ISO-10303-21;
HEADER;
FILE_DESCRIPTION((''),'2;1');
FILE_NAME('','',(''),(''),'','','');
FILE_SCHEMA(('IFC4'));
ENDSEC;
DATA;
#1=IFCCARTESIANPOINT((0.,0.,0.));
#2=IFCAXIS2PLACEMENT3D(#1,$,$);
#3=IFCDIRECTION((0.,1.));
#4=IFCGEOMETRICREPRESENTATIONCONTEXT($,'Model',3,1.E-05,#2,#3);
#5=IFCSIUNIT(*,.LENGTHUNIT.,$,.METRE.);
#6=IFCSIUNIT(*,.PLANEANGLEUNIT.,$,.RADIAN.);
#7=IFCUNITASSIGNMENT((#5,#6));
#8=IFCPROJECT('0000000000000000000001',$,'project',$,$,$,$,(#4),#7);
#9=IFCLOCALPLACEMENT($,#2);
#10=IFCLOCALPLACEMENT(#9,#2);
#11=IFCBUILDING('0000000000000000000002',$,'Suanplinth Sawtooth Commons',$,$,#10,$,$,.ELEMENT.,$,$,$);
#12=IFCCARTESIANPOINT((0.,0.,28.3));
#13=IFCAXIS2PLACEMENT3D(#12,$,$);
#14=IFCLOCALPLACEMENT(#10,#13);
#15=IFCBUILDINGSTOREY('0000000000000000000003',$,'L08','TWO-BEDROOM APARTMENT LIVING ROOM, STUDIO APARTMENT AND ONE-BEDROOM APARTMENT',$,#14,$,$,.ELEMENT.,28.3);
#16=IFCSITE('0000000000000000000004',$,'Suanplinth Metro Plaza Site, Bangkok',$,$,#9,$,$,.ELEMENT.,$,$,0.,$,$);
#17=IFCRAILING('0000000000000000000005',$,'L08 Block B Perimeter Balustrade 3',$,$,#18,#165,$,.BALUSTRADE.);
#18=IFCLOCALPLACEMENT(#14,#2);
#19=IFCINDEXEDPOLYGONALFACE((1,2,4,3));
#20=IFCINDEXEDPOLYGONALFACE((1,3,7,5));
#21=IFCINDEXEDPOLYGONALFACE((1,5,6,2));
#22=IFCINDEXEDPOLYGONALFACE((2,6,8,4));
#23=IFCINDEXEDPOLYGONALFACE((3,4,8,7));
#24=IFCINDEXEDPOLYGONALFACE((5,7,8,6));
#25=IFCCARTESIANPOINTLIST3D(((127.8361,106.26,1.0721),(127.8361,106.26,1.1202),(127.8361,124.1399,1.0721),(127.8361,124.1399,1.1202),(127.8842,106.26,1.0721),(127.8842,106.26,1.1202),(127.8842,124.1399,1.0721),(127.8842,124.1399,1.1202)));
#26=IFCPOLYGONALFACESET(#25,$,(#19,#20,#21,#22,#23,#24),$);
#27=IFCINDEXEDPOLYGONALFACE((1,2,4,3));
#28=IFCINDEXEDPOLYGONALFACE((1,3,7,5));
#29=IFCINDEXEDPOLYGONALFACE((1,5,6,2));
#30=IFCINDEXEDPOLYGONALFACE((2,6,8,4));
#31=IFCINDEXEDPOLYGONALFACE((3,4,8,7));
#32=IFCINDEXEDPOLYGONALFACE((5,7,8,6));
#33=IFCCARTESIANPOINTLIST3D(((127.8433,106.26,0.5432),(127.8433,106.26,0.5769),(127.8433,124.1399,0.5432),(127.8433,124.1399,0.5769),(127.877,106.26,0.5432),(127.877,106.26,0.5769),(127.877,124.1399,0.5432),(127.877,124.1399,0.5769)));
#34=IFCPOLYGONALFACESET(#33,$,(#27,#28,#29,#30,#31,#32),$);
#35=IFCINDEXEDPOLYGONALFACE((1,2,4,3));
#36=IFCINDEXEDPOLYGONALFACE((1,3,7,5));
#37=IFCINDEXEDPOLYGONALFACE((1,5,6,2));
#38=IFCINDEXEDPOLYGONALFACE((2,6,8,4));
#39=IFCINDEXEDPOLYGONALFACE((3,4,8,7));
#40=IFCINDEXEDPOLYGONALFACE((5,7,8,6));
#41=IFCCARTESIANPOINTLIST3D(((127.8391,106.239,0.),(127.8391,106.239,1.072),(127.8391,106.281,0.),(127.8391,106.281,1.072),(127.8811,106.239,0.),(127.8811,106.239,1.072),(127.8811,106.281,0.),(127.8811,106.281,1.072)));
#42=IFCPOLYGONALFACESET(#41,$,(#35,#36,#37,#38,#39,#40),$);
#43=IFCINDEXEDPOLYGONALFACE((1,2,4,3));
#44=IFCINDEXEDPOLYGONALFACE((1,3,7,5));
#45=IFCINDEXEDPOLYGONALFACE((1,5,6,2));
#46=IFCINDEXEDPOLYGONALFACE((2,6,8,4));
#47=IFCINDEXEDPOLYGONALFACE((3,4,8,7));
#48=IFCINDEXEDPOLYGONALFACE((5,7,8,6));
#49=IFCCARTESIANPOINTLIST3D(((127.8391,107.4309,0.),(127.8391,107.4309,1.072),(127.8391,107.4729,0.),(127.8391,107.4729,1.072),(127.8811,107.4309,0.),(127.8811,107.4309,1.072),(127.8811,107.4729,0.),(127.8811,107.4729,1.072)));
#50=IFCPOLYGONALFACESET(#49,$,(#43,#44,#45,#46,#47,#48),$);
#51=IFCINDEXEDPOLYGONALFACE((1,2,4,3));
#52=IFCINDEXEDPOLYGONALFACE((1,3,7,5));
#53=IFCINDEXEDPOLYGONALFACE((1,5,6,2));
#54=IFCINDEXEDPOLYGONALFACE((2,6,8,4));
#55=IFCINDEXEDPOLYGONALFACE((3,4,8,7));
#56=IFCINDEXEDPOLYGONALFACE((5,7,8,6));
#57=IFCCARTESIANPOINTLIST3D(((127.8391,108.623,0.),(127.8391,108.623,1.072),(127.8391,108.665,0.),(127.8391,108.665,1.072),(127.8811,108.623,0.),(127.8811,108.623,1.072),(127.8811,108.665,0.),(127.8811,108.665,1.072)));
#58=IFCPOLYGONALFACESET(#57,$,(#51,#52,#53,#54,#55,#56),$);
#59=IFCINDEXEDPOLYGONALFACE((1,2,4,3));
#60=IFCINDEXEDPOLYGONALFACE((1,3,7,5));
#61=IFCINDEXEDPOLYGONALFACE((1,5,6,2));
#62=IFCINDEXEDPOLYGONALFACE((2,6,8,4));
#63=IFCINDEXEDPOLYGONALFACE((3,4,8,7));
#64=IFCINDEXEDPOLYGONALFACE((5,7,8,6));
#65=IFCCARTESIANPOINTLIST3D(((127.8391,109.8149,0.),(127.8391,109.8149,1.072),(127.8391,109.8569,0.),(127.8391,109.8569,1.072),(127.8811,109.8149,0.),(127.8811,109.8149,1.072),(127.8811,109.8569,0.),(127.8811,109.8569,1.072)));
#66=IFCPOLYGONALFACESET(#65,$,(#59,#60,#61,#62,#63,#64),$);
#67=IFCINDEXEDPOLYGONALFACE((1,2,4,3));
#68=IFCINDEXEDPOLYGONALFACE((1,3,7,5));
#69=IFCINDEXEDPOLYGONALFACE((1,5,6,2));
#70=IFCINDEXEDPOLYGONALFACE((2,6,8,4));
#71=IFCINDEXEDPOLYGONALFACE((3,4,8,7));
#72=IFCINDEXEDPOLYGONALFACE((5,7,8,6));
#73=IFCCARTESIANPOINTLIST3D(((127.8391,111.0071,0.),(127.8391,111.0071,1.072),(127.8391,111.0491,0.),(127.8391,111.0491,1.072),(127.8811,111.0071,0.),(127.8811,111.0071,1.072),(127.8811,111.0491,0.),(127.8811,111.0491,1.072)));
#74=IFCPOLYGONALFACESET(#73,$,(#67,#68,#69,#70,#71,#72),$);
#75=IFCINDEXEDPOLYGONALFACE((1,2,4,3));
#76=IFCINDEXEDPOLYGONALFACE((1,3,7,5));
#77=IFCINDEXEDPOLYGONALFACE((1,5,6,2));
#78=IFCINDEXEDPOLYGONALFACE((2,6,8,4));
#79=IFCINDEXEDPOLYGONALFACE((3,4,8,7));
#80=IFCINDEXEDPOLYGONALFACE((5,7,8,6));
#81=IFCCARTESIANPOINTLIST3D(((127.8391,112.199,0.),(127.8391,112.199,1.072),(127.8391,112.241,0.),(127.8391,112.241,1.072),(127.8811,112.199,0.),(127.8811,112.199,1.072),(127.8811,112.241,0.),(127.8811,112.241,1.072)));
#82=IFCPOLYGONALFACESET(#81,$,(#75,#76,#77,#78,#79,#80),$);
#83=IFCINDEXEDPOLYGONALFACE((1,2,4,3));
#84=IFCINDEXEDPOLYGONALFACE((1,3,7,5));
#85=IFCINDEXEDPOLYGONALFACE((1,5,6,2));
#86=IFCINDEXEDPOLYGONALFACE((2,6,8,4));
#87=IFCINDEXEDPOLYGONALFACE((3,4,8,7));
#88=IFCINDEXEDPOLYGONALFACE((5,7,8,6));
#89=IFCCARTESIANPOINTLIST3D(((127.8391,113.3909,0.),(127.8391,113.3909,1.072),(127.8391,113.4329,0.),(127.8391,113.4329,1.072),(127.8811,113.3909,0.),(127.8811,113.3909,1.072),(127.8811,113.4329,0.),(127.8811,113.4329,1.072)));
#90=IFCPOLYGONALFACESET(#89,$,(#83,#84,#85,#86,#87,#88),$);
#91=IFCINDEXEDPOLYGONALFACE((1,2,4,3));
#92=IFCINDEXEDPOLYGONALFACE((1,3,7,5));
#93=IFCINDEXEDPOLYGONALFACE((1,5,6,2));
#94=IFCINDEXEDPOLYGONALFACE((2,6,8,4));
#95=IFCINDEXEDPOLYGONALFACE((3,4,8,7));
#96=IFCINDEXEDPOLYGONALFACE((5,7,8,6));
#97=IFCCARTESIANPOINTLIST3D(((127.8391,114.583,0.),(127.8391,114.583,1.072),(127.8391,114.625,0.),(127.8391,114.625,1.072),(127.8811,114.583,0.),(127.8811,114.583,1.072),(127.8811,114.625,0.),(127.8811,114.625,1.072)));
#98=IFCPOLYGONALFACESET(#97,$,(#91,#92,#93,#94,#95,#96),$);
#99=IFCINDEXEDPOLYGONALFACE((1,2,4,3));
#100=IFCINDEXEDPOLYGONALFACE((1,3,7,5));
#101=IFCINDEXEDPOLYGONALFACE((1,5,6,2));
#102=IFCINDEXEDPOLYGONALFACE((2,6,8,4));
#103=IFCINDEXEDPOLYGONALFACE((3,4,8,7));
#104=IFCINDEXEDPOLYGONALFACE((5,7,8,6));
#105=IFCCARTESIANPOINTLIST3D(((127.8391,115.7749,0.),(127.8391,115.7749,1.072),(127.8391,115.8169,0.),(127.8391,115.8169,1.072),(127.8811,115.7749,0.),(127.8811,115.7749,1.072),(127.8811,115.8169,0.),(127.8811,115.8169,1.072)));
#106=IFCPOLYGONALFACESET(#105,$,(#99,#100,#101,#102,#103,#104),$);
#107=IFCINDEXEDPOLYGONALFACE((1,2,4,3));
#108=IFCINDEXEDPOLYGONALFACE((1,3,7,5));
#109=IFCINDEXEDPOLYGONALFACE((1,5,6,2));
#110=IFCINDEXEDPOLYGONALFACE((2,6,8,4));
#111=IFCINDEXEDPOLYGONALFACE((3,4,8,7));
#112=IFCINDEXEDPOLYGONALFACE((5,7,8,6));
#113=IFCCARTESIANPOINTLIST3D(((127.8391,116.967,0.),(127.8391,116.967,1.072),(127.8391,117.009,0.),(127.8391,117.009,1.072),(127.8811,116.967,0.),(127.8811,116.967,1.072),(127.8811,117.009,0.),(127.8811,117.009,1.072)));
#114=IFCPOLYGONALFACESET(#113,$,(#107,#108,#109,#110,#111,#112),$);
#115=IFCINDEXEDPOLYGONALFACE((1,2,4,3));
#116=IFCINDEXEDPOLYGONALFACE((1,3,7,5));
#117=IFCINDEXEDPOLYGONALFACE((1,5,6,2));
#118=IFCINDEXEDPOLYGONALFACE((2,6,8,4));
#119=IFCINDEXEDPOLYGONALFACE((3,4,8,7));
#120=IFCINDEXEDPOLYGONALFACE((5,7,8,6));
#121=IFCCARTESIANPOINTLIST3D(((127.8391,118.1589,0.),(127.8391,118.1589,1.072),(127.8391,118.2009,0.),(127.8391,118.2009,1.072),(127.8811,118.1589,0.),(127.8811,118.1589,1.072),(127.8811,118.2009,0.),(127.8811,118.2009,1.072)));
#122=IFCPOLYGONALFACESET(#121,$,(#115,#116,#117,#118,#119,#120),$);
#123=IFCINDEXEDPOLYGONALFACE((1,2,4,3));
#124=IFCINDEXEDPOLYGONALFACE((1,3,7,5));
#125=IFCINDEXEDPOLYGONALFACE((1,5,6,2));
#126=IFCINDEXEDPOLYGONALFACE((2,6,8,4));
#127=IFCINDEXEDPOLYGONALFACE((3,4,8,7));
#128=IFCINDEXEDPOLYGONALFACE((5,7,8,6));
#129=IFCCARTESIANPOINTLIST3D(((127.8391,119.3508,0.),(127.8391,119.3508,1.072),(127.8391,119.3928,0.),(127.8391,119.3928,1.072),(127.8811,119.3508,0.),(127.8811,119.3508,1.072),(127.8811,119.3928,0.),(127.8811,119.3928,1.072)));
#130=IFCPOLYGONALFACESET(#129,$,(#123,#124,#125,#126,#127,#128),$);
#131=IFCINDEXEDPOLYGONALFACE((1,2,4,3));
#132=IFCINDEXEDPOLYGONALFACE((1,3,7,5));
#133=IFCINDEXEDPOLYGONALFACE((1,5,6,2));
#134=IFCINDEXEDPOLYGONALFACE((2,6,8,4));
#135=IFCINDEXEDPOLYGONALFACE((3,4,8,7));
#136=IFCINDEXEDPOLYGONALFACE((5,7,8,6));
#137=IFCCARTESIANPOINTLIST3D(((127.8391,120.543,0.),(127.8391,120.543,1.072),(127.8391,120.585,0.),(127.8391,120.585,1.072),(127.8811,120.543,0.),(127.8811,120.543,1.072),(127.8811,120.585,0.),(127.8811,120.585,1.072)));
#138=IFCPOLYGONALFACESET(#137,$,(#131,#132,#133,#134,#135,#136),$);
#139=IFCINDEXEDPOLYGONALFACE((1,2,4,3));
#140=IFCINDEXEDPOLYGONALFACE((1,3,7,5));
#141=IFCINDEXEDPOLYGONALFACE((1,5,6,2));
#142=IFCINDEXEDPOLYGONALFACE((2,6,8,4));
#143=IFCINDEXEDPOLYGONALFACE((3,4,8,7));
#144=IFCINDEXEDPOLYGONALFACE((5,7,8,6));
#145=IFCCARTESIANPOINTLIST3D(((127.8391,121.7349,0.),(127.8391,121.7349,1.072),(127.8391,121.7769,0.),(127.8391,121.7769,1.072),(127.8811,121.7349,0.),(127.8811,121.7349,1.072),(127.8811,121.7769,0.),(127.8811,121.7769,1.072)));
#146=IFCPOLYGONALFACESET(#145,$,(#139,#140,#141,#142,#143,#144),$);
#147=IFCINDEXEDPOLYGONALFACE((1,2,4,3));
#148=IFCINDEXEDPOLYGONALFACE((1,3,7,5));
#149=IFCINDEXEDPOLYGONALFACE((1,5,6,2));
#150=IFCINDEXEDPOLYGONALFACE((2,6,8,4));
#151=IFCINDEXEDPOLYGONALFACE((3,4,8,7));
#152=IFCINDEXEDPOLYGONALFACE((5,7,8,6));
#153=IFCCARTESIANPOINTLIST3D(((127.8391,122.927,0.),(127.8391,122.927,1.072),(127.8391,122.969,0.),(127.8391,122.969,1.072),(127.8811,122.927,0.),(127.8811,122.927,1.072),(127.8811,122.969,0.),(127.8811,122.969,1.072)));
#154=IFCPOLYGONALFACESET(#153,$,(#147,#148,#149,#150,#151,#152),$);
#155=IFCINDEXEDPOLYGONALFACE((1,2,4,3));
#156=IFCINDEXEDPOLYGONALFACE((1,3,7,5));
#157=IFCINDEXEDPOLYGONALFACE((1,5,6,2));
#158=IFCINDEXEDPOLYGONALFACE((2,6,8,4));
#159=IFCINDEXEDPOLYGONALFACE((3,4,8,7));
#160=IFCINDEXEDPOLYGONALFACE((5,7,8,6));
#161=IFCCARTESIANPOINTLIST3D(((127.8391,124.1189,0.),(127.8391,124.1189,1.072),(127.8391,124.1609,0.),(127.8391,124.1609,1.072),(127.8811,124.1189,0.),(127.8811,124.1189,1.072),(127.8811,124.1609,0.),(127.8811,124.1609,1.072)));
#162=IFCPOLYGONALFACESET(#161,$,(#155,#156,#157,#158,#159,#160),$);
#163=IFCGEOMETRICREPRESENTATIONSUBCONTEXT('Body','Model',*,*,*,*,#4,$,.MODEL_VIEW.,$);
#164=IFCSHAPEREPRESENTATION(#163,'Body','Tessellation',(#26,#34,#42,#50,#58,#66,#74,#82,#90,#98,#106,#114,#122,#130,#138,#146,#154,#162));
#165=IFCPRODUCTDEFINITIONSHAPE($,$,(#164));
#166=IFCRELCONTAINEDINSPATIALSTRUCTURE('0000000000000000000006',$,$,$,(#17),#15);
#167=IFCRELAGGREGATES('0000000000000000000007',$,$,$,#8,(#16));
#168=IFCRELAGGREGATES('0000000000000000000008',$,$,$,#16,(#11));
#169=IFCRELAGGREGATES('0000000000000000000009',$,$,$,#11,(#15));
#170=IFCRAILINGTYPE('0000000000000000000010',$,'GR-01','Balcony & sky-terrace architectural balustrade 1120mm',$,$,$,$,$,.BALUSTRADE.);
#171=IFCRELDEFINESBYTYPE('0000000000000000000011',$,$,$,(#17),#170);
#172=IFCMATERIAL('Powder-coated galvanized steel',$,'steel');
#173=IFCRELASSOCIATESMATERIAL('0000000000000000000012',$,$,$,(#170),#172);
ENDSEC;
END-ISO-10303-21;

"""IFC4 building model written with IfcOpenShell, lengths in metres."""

from ifc_helpers import new_model, si_unit, direction, frame, origin, origin_2d, place, context, subcontext, project, spatial, rectangle, extrude, material, type_object, element, save


model = new_model("IFC4")

# Units and contexts
model_context = context("Model", 3, precision=1e-05, world=origin(), true_north=direction((0.0, 1.0)))
body_context = subcontext(model_context, "Body", "Model", "MODEL_VIEW")
ifc_project = project(units=[si_unit("LENGTHUNIT", "METRE"), si_unit("PLANEANGLEUNIT", "RADIAN")], contexts=[model_context])

# Site, building, storey
site_placement = place(None, origin())
site = spatial("IfcSite", under=ifc_project, at=site_placement, Name="Suanplinth Metro Plaza Site, Bangkok", CompositionType="ELEMENT", RefElevation=0.0)
building_placement = place(site_placement, origin())
building = spatial("IfcBuilding", under=site, at=building_placement, Name="Suanplinth Sawtooth Commons", CompositionType="ELEMENT")
storey_placement = place(building_placement, frame((0.0, 0.0, 28.3)))
storey = spatial("IfcBuildingStorey", under=building, at=storey_placement, Name="L08", Description="TWO-BEDROOM APARTMENT LIVING ROOM, STUDIO APARTMENT AND ONE-BEDROOM APARTMENT", CompositionType="ELEMENT", Elevation=28.3)

# Railing
ifc_material_1 = material(Name="Powder-coated galvanized steel", Category="steel")
railing_type = type_object("IfcRailingType", Name="GR-01", Description="Balcony & sky-terrace architectural balustrade 1120mm", PredefinedType="BALUSTRADE", material=ifc_material_1)
railing_1_placement = place(storey_placement, frame((127.8601, 106.26, 0.0)))
element("IfcRailing", 1, at=railing_1_placement, inside=storey, type_object=railing_type, Name="L08 Block B Perimeter Balustrade 3", PredefinedType="BALUSTRADE", context=body_context, shape_type="SweptSolid", body=[
    extrude(rectangle(XDim=0.0481, YDim=0.0481, at=origin_2d()), frame((0.0, 0.0, 1.0962), z_axis=(0.0, 1.0, 0.0), x_axis=(-1.0, 0.0, 0.0)), (0.0, 0.0, 1.0), 17.8799),
    extrude(rectangle(XDim=0.0337, YDim=0.0337, at=origin_2d()), frame((0.0, 0.0, 0.5601), z_axis=(0.0, 1.0, 0.0), x_axis=(-1.0, 0.0, 0.0)), (0.0, 0.0, 1.0), 17.8799),
    extrude(rectangle(XDim=0.042, YDim=0.042, at=origin_2d()), origin(), (0.0, 0.0, 1.0), 1.072),
    extrude(rectangle(XDim=0.042, YDim=0.042, at=origin_2d()), frame((0.0, 1.1919, 0.0)), (0.0, 0.0, 1.0), 1.072),
    extrude(rectangle(XDim=0.042, YDim=0.042, at=origin_2d()), frame((0.0, 2.384, 0.0)), (0.0, 0.0, 1.0), 1.072),
    extrude(rectangle(XDim=0.042, YDim=0.042, at=origin_2d()), frame((0.0, 3.5759, 0.0)), (0.0, 0.0, 1.0), 1.072),
    extrude(rectangle(XDim=0.042, YDim=0.042, at=origin_2d()), frame((0.0, 4.7681, 0.0)), (0.0, 0.0, 1.0), 1.072),
    extrude(rectangle(XDim=0.042, YDim=0.042, at=origin_2d()), frame((0.0, 5.96, 0.0)), (0.0, 0.0, 1.0), 1.072),
    extrude(rectangle(XDim=0.042, YDim=0.042, at=origin_2d()), frame((0.0, 7.1519, 0.0)), (0.0, 0.0, 1.0), 1.072),
    extrude(rectangle(XDim=0.042, YDim=0.042, at=origin_2d()), frame((0.0, 8.344, 0.0)), (0.0, 0.0, 1.0), 1.072),
    extrude(rectangle(XDim=0.042, YDim=0.042, at=origin_2d()), frame((0.0, 9.5359, 0.0)), (0.0, 0.0, 1.0), 1.072),
    extrude(rectangle(XDim=0.042, YDim=0.042, at=origin_2d()), frame((0.0, 10.728, 0.0)), (0.0, 0.0, 1.0), 1.072),
    extrude(rectangle(XDim=0.042, YDim=0.042, at=origin_2d()), frame((0.0, 11.9199, 0.0)), (0.0, 0.0, 1.0), 1.072),
    extrude(rectangle(XDim=0.042, YDim=0.042, at=origin_2d()), frame((0.0, 13.1118, 0.0)), (0.0, 0.0, 1.0), 1.072),
    extrude(rectangle(XDim=0.042, YDim=0.042, at=origin_2d()), frame((0.0, 14.304, 0.0)), (0.0, 0.0, 1.0), 1.072),
    extrude(rectangle(XDim=0.042, YDim=0.042, at=origin_2d()), frame((0.0, 15.4958, 0.0)), (0.0, 0.0, 1.0), 1.072),
    extrude(rectangle(XDim=0.042, YDim=0.042, at=origin_2d()), frame((0.0, 16.688, 0.0)), (0.0, 0.0, 1.0), 1.072),
    extrude(rectangle(XDim=0.042, YDim=0.042, at=origin_2d()), frame((0.0, 17.8799, 0.0)), (0.0, 0.0, 1.0), 1.072),
])

save(model, "model.ifc")
